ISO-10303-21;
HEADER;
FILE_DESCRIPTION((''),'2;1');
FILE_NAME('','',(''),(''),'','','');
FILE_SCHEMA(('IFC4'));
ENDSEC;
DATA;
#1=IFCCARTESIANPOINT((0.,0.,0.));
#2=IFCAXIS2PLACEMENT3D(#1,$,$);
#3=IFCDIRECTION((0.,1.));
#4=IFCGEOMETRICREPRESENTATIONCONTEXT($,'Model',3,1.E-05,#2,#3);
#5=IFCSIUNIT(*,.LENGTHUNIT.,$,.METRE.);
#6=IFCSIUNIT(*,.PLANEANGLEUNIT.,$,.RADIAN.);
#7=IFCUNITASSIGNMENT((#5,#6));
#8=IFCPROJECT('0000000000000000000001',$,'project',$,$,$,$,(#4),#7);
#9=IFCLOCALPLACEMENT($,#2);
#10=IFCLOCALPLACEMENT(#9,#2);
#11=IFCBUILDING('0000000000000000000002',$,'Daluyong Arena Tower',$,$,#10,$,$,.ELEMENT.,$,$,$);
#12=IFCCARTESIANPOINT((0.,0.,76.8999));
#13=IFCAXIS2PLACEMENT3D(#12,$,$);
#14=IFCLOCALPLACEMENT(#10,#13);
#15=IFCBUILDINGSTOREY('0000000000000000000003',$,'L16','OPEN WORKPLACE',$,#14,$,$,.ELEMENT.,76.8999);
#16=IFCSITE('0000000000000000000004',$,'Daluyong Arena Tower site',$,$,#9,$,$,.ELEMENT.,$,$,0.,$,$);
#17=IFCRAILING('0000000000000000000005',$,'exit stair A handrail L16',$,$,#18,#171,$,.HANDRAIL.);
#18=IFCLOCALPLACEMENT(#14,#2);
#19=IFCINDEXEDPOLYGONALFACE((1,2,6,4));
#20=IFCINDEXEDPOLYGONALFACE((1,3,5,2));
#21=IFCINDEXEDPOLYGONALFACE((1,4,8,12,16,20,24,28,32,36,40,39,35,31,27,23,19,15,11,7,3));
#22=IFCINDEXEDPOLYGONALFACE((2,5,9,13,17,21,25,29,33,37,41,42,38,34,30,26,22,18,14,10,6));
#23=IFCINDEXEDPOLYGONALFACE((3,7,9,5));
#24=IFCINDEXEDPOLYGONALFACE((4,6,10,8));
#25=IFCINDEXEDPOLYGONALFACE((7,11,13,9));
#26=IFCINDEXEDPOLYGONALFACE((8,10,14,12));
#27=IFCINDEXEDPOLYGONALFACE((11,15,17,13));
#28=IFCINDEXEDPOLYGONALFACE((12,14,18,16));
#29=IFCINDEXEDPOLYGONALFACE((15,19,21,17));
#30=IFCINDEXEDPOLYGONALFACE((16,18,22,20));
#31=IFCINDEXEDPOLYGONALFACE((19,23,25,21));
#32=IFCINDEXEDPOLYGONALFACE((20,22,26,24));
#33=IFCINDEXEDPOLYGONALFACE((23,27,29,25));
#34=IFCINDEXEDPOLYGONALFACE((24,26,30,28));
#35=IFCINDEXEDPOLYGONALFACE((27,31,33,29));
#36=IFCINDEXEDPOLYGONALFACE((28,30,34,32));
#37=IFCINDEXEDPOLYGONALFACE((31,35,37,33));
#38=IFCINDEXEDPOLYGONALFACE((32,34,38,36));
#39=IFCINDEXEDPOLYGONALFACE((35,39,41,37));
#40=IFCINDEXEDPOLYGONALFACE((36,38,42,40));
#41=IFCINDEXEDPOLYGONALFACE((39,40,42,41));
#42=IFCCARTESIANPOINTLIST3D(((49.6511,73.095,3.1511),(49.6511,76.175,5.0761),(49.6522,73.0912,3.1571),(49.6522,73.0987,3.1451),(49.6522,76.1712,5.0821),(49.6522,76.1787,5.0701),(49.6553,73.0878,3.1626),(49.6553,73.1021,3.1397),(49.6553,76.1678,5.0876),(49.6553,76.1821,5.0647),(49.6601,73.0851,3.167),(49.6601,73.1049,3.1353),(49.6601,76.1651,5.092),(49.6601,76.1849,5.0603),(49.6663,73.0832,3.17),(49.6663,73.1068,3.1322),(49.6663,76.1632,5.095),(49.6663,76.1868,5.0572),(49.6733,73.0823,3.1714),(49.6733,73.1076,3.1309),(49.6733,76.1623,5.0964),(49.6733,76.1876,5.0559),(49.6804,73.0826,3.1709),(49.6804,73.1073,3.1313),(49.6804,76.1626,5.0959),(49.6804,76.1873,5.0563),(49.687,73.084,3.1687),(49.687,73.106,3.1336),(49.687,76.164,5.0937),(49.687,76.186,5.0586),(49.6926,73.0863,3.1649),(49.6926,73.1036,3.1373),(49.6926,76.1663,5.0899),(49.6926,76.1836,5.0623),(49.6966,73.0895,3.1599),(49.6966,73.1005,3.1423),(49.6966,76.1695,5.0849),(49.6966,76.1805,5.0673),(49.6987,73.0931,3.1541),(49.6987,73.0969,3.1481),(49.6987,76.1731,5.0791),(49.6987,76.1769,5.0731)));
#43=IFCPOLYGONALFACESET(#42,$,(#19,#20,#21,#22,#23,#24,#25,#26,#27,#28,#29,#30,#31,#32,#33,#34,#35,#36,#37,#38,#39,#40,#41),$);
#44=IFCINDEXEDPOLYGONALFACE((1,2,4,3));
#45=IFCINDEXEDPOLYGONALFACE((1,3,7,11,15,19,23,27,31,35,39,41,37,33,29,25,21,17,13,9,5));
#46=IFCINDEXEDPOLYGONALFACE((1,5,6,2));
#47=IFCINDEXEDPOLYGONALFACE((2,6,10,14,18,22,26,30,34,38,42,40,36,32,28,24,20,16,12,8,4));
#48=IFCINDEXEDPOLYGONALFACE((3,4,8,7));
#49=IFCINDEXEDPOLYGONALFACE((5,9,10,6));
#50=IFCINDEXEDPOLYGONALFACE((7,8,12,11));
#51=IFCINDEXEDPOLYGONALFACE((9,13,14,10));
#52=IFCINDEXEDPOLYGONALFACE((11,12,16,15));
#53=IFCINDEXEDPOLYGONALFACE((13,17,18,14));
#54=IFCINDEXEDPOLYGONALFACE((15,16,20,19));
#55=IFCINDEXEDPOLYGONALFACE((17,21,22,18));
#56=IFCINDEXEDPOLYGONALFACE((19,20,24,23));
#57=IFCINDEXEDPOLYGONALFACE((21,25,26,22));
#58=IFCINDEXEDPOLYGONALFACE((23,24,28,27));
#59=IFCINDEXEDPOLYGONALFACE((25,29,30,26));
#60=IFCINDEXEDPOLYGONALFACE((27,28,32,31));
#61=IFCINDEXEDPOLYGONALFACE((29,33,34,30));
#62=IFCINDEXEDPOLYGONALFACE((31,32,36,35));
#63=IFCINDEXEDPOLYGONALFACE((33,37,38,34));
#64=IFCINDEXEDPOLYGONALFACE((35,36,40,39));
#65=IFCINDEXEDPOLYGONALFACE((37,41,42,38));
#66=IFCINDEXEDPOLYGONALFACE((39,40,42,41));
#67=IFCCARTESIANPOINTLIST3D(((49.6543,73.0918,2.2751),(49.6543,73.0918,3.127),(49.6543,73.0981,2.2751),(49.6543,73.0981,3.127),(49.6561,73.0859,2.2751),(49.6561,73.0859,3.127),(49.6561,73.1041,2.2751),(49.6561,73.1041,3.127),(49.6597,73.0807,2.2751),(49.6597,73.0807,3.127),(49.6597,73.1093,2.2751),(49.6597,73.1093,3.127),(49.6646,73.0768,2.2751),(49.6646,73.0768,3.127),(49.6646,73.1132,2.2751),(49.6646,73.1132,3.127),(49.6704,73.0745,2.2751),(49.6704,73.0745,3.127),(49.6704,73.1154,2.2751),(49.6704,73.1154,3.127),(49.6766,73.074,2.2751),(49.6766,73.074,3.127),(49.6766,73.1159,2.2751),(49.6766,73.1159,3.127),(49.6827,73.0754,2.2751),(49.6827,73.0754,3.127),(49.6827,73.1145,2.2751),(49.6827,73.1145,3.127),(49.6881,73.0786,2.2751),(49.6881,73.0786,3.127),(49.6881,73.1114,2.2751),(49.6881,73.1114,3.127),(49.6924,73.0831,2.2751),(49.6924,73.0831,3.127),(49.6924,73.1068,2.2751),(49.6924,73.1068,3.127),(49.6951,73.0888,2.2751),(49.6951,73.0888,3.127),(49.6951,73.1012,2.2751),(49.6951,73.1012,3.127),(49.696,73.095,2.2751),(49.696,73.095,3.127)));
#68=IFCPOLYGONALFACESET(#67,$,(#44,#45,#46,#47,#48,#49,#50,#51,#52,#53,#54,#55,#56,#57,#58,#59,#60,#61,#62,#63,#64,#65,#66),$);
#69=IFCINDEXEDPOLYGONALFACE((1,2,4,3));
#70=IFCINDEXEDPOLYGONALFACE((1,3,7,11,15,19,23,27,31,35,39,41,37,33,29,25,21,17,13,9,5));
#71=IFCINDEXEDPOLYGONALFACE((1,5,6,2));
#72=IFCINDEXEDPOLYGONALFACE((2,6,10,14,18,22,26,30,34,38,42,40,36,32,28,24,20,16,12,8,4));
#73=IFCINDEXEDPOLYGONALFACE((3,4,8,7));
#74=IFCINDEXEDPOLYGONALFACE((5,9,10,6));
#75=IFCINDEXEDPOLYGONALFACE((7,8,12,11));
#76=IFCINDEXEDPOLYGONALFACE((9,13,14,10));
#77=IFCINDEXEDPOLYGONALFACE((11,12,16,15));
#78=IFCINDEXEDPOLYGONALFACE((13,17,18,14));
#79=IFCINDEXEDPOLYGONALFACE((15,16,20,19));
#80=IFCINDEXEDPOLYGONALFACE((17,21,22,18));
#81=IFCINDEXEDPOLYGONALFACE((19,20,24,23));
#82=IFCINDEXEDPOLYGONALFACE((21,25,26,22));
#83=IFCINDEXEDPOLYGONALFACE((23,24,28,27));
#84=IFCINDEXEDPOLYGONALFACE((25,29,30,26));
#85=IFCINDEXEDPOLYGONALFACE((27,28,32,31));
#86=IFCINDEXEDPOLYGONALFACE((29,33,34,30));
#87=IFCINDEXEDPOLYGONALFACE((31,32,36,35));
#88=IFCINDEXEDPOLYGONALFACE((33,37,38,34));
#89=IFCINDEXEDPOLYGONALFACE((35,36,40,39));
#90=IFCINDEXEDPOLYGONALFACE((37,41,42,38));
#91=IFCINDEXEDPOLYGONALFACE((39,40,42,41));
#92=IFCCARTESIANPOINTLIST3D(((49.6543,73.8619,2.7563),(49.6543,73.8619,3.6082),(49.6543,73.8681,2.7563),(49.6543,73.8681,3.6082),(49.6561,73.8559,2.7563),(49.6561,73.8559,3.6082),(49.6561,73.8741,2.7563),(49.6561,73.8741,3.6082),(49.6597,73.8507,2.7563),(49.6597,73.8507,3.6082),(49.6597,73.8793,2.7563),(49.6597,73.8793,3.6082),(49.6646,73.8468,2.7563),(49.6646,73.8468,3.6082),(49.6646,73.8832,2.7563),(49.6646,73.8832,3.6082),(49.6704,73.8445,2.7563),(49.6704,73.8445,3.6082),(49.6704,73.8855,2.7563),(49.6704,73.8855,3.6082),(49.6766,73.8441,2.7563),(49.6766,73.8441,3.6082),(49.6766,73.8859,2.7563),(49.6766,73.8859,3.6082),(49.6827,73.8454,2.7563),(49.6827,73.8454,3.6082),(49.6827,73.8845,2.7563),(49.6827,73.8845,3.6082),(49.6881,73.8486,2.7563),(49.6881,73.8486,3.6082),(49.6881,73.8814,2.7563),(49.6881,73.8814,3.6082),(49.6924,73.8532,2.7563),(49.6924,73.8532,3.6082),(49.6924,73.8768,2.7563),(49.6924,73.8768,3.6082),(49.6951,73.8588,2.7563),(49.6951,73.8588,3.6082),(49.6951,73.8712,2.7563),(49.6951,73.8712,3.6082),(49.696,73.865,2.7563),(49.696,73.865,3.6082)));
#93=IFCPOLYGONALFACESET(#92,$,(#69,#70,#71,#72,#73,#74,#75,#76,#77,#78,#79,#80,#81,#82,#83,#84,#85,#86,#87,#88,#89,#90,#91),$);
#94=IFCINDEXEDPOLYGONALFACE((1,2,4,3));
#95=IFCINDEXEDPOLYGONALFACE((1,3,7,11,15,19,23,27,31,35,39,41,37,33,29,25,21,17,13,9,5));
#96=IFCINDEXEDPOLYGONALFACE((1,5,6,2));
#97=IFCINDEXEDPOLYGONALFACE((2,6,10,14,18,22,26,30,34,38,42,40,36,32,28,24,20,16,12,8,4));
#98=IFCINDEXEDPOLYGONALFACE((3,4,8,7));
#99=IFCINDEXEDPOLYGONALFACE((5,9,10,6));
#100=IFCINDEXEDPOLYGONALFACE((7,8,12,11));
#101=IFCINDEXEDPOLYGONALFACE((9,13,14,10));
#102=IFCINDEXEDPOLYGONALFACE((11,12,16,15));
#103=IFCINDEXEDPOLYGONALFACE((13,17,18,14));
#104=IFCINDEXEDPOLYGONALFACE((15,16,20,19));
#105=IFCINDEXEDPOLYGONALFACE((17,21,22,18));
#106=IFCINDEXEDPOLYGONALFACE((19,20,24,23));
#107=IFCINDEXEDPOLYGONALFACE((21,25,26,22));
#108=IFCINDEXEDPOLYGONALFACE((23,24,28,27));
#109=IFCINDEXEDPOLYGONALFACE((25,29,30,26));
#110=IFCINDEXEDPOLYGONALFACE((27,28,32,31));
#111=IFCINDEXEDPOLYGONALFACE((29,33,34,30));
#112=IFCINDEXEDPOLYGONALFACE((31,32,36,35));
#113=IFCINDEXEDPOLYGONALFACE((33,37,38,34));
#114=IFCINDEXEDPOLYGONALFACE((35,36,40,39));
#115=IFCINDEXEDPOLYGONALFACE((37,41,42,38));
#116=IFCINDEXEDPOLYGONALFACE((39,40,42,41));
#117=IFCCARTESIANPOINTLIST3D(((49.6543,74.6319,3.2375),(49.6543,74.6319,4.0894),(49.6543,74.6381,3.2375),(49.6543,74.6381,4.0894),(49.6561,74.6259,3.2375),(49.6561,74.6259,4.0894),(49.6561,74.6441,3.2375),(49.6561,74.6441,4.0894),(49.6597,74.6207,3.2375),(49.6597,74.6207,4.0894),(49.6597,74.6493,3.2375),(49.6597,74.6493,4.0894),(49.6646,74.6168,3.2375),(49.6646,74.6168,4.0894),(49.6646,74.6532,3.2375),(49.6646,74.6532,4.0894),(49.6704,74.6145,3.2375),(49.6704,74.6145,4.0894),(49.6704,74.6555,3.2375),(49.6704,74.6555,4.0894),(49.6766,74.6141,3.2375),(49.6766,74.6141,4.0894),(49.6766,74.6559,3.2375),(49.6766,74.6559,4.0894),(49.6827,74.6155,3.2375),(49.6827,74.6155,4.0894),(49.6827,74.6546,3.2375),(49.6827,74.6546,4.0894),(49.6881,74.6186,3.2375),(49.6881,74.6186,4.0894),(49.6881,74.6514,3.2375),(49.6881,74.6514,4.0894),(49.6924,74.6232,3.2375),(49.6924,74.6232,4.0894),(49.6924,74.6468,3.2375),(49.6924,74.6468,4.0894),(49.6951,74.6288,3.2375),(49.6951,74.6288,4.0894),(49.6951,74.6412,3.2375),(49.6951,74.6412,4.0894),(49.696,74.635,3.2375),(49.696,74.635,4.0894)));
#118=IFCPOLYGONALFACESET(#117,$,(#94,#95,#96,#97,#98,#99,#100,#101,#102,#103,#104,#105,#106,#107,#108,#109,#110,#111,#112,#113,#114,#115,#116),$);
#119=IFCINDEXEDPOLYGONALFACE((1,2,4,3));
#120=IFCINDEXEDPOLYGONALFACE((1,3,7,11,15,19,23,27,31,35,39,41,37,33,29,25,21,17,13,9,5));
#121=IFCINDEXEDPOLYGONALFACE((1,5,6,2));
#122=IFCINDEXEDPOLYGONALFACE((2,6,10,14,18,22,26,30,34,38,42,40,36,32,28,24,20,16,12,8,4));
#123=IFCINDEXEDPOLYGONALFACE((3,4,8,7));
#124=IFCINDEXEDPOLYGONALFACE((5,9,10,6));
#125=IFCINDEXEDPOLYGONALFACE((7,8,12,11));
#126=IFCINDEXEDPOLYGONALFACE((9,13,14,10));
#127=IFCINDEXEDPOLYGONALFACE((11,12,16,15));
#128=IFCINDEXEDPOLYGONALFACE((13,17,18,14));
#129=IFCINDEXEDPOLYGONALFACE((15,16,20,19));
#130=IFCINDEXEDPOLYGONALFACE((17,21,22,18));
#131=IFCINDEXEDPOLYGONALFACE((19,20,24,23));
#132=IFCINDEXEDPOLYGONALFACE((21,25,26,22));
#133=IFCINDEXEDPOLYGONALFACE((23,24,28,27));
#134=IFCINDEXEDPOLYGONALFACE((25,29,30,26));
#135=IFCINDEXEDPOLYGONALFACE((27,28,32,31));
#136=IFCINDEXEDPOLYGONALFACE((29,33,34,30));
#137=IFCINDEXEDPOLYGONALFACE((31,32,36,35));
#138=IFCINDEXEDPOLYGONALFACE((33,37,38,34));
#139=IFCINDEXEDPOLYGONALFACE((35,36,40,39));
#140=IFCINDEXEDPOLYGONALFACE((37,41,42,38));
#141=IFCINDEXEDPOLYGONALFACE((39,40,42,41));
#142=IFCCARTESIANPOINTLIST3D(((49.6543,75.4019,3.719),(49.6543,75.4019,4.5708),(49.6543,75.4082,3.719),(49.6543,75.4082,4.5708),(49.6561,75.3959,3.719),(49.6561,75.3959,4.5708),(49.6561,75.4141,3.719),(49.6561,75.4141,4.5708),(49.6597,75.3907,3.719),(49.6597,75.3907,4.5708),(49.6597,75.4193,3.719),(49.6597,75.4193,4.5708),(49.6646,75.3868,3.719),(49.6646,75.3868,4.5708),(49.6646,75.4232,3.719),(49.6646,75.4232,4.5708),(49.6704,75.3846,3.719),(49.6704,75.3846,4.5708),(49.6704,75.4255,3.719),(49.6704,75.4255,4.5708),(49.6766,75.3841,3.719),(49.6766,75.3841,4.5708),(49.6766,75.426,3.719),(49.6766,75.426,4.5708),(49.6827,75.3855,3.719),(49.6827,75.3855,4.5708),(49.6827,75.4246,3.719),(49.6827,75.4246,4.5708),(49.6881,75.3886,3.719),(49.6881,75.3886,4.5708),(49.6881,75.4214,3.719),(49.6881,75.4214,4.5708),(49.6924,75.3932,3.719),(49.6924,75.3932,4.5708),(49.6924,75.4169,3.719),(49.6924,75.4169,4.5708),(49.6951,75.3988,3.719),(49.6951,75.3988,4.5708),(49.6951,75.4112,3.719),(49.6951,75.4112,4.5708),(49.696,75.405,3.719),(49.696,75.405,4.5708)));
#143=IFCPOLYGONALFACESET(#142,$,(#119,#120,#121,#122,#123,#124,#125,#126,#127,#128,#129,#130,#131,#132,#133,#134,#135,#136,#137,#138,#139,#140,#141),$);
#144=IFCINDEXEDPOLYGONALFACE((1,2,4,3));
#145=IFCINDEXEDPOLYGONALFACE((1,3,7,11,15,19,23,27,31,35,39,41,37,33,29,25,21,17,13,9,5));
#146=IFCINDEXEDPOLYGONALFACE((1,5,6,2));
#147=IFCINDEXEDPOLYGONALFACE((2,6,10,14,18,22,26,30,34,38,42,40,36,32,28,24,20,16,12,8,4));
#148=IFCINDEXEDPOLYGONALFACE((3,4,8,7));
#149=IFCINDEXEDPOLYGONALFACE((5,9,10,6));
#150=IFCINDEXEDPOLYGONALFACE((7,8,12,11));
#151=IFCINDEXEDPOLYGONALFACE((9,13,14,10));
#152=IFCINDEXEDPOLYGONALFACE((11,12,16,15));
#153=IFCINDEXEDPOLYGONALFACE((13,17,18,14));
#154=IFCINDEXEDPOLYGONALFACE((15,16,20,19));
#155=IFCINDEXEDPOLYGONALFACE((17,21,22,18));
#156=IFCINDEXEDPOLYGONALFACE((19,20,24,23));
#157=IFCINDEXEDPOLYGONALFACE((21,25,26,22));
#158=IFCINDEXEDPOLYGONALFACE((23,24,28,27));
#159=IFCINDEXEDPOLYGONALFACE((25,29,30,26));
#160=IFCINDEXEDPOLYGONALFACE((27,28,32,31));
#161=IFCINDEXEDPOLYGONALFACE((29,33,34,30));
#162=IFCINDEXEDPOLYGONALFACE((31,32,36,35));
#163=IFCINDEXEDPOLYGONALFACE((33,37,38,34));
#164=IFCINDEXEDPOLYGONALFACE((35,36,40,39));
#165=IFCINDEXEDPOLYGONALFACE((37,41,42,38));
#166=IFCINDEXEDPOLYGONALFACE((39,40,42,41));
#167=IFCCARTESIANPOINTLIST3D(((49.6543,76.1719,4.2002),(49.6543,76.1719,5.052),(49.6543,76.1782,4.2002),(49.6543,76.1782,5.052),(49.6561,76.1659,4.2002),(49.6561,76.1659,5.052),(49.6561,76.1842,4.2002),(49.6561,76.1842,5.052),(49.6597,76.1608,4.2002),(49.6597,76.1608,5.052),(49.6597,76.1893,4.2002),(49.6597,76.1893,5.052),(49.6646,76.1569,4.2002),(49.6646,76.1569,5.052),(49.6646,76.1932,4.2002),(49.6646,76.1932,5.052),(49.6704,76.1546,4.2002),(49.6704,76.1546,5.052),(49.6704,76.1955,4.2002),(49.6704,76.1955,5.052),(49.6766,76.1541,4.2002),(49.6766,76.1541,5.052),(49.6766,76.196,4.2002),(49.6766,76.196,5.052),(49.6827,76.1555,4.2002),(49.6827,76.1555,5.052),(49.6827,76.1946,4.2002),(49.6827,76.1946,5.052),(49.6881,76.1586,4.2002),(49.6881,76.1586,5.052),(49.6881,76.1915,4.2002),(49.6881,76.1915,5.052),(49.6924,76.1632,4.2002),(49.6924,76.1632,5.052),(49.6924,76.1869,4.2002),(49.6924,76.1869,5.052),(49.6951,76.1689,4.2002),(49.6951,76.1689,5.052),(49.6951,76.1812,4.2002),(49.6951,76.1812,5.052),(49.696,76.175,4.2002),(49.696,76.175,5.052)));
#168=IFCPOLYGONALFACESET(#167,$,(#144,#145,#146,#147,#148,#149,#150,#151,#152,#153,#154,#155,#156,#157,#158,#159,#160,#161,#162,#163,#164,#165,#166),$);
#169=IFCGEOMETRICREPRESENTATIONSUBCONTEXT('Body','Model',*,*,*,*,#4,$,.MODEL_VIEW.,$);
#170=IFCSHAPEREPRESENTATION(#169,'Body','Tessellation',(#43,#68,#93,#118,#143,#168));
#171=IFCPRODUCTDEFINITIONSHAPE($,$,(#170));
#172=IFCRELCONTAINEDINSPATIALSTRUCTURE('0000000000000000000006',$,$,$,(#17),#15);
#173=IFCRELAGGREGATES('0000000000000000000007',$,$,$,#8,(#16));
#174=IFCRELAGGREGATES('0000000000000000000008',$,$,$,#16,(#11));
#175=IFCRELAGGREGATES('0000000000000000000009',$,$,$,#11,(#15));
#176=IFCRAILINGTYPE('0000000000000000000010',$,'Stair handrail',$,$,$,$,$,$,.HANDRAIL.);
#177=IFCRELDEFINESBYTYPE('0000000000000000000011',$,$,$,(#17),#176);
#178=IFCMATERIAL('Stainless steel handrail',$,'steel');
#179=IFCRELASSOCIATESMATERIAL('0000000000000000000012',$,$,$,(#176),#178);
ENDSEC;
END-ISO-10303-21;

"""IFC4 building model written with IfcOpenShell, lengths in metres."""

from ifc_helpers import new_model, si_unit, direction, frame, origin, origin_2d, place, context, subcontext, project, spatial, circle, extrude, material, type_object, element, save


model = new_model("IFC4")

# Units and contexts
model_context = context("Model", 3, precision=1e-05, world=origin(), true_north=direction((0.0, 1.0)))
body_context = subcontext(model_context, "Body", "Model", "MODEL_VIEW")
ifc_project = project(units=[si_unit("LENGTHUNIT", "METRE"), si_unit("PLANEANGLEUNIT", "RADIAN")], contexts=[model_context])

# Site, building, storey
site_placement = place(None, origin())
site = spatial("IfcSite", under=ifc_project, at=site_placement, Name="Daluyong Arena Tower site", CompositionType="ELEMENT", RefElevation=0.0)
building_placement = place(site_placement, origin())
building = spatial("IfcBuilding", under=site, at=building_placement, Name="Daluyong Arena Tower", CompositionType="ELEMENT")
storey_placement = place(building_placement, frame((0.0, 0.0, 76.8999)))
storey = spatial("IfcBuildingStorey", under=building, at=storey_placement, Name="L16", Description="OPEN WORKPLACE", CompositionType="ELEMENT", Elevation=76.8999)

# Railing
ifc_material_1 = material(Name="Stainless steel handrail", Category="steel")
railing_type_1 = type_object("IfcRailingType", Name="Stair handrail", PredefinedType="HANDRAIL", material=ifc_material_1)
railing_1_placement = place(storey_placement, frame((49.675, 73.095, 2.2751)))
element("IfcRailing", 1, at=railing_1_placement, inside=storey, type_object=railing_type_1, Name="exit stair A handrail L16", PredefinedType="HANDRAIL", context=body_context, shape_type="SweptSolid", body=[
    extrude(circle(Radius=0.0239, at=origin_2d()), frame((0.0, 0.0, 0.876), z_axis=(0.0, 0.847998, 0.529999), x_axis=(-1.0, 0.0, 0.0)), (0.0, 0.0, 1.0), 3.6321),
    extrude(circle(Radius=0.021, at=origin_2d()), origin(), (0.0, 0.0, 1.0), 0.8518),
    extrude(circle(Radius=0.021, at=origin_2d()), frame((0.0, 0.77, 0.4812)), (0.0, 0.0, 1.0), 0.8518),
    extrude(circle(Radius=0.021, at=origin_2d()), frame((0.0, 1.54, 0.9624)), (0.0, 0.0, 1.0), 0.8518),
    extrude(circle(Radius=0.021, at=origin_2d()), frame((0.0, 2.3101, 1.4438)), (0.0, 0.0, 1.0), 0.8518),
    extrude(circle(Radius=0.021, at=origin_2d()), frame((0.0, 3.0801, 1.925)), (0.0, 0.0, 1.0), 0.8518),
])

save(model, "model.ifc")
